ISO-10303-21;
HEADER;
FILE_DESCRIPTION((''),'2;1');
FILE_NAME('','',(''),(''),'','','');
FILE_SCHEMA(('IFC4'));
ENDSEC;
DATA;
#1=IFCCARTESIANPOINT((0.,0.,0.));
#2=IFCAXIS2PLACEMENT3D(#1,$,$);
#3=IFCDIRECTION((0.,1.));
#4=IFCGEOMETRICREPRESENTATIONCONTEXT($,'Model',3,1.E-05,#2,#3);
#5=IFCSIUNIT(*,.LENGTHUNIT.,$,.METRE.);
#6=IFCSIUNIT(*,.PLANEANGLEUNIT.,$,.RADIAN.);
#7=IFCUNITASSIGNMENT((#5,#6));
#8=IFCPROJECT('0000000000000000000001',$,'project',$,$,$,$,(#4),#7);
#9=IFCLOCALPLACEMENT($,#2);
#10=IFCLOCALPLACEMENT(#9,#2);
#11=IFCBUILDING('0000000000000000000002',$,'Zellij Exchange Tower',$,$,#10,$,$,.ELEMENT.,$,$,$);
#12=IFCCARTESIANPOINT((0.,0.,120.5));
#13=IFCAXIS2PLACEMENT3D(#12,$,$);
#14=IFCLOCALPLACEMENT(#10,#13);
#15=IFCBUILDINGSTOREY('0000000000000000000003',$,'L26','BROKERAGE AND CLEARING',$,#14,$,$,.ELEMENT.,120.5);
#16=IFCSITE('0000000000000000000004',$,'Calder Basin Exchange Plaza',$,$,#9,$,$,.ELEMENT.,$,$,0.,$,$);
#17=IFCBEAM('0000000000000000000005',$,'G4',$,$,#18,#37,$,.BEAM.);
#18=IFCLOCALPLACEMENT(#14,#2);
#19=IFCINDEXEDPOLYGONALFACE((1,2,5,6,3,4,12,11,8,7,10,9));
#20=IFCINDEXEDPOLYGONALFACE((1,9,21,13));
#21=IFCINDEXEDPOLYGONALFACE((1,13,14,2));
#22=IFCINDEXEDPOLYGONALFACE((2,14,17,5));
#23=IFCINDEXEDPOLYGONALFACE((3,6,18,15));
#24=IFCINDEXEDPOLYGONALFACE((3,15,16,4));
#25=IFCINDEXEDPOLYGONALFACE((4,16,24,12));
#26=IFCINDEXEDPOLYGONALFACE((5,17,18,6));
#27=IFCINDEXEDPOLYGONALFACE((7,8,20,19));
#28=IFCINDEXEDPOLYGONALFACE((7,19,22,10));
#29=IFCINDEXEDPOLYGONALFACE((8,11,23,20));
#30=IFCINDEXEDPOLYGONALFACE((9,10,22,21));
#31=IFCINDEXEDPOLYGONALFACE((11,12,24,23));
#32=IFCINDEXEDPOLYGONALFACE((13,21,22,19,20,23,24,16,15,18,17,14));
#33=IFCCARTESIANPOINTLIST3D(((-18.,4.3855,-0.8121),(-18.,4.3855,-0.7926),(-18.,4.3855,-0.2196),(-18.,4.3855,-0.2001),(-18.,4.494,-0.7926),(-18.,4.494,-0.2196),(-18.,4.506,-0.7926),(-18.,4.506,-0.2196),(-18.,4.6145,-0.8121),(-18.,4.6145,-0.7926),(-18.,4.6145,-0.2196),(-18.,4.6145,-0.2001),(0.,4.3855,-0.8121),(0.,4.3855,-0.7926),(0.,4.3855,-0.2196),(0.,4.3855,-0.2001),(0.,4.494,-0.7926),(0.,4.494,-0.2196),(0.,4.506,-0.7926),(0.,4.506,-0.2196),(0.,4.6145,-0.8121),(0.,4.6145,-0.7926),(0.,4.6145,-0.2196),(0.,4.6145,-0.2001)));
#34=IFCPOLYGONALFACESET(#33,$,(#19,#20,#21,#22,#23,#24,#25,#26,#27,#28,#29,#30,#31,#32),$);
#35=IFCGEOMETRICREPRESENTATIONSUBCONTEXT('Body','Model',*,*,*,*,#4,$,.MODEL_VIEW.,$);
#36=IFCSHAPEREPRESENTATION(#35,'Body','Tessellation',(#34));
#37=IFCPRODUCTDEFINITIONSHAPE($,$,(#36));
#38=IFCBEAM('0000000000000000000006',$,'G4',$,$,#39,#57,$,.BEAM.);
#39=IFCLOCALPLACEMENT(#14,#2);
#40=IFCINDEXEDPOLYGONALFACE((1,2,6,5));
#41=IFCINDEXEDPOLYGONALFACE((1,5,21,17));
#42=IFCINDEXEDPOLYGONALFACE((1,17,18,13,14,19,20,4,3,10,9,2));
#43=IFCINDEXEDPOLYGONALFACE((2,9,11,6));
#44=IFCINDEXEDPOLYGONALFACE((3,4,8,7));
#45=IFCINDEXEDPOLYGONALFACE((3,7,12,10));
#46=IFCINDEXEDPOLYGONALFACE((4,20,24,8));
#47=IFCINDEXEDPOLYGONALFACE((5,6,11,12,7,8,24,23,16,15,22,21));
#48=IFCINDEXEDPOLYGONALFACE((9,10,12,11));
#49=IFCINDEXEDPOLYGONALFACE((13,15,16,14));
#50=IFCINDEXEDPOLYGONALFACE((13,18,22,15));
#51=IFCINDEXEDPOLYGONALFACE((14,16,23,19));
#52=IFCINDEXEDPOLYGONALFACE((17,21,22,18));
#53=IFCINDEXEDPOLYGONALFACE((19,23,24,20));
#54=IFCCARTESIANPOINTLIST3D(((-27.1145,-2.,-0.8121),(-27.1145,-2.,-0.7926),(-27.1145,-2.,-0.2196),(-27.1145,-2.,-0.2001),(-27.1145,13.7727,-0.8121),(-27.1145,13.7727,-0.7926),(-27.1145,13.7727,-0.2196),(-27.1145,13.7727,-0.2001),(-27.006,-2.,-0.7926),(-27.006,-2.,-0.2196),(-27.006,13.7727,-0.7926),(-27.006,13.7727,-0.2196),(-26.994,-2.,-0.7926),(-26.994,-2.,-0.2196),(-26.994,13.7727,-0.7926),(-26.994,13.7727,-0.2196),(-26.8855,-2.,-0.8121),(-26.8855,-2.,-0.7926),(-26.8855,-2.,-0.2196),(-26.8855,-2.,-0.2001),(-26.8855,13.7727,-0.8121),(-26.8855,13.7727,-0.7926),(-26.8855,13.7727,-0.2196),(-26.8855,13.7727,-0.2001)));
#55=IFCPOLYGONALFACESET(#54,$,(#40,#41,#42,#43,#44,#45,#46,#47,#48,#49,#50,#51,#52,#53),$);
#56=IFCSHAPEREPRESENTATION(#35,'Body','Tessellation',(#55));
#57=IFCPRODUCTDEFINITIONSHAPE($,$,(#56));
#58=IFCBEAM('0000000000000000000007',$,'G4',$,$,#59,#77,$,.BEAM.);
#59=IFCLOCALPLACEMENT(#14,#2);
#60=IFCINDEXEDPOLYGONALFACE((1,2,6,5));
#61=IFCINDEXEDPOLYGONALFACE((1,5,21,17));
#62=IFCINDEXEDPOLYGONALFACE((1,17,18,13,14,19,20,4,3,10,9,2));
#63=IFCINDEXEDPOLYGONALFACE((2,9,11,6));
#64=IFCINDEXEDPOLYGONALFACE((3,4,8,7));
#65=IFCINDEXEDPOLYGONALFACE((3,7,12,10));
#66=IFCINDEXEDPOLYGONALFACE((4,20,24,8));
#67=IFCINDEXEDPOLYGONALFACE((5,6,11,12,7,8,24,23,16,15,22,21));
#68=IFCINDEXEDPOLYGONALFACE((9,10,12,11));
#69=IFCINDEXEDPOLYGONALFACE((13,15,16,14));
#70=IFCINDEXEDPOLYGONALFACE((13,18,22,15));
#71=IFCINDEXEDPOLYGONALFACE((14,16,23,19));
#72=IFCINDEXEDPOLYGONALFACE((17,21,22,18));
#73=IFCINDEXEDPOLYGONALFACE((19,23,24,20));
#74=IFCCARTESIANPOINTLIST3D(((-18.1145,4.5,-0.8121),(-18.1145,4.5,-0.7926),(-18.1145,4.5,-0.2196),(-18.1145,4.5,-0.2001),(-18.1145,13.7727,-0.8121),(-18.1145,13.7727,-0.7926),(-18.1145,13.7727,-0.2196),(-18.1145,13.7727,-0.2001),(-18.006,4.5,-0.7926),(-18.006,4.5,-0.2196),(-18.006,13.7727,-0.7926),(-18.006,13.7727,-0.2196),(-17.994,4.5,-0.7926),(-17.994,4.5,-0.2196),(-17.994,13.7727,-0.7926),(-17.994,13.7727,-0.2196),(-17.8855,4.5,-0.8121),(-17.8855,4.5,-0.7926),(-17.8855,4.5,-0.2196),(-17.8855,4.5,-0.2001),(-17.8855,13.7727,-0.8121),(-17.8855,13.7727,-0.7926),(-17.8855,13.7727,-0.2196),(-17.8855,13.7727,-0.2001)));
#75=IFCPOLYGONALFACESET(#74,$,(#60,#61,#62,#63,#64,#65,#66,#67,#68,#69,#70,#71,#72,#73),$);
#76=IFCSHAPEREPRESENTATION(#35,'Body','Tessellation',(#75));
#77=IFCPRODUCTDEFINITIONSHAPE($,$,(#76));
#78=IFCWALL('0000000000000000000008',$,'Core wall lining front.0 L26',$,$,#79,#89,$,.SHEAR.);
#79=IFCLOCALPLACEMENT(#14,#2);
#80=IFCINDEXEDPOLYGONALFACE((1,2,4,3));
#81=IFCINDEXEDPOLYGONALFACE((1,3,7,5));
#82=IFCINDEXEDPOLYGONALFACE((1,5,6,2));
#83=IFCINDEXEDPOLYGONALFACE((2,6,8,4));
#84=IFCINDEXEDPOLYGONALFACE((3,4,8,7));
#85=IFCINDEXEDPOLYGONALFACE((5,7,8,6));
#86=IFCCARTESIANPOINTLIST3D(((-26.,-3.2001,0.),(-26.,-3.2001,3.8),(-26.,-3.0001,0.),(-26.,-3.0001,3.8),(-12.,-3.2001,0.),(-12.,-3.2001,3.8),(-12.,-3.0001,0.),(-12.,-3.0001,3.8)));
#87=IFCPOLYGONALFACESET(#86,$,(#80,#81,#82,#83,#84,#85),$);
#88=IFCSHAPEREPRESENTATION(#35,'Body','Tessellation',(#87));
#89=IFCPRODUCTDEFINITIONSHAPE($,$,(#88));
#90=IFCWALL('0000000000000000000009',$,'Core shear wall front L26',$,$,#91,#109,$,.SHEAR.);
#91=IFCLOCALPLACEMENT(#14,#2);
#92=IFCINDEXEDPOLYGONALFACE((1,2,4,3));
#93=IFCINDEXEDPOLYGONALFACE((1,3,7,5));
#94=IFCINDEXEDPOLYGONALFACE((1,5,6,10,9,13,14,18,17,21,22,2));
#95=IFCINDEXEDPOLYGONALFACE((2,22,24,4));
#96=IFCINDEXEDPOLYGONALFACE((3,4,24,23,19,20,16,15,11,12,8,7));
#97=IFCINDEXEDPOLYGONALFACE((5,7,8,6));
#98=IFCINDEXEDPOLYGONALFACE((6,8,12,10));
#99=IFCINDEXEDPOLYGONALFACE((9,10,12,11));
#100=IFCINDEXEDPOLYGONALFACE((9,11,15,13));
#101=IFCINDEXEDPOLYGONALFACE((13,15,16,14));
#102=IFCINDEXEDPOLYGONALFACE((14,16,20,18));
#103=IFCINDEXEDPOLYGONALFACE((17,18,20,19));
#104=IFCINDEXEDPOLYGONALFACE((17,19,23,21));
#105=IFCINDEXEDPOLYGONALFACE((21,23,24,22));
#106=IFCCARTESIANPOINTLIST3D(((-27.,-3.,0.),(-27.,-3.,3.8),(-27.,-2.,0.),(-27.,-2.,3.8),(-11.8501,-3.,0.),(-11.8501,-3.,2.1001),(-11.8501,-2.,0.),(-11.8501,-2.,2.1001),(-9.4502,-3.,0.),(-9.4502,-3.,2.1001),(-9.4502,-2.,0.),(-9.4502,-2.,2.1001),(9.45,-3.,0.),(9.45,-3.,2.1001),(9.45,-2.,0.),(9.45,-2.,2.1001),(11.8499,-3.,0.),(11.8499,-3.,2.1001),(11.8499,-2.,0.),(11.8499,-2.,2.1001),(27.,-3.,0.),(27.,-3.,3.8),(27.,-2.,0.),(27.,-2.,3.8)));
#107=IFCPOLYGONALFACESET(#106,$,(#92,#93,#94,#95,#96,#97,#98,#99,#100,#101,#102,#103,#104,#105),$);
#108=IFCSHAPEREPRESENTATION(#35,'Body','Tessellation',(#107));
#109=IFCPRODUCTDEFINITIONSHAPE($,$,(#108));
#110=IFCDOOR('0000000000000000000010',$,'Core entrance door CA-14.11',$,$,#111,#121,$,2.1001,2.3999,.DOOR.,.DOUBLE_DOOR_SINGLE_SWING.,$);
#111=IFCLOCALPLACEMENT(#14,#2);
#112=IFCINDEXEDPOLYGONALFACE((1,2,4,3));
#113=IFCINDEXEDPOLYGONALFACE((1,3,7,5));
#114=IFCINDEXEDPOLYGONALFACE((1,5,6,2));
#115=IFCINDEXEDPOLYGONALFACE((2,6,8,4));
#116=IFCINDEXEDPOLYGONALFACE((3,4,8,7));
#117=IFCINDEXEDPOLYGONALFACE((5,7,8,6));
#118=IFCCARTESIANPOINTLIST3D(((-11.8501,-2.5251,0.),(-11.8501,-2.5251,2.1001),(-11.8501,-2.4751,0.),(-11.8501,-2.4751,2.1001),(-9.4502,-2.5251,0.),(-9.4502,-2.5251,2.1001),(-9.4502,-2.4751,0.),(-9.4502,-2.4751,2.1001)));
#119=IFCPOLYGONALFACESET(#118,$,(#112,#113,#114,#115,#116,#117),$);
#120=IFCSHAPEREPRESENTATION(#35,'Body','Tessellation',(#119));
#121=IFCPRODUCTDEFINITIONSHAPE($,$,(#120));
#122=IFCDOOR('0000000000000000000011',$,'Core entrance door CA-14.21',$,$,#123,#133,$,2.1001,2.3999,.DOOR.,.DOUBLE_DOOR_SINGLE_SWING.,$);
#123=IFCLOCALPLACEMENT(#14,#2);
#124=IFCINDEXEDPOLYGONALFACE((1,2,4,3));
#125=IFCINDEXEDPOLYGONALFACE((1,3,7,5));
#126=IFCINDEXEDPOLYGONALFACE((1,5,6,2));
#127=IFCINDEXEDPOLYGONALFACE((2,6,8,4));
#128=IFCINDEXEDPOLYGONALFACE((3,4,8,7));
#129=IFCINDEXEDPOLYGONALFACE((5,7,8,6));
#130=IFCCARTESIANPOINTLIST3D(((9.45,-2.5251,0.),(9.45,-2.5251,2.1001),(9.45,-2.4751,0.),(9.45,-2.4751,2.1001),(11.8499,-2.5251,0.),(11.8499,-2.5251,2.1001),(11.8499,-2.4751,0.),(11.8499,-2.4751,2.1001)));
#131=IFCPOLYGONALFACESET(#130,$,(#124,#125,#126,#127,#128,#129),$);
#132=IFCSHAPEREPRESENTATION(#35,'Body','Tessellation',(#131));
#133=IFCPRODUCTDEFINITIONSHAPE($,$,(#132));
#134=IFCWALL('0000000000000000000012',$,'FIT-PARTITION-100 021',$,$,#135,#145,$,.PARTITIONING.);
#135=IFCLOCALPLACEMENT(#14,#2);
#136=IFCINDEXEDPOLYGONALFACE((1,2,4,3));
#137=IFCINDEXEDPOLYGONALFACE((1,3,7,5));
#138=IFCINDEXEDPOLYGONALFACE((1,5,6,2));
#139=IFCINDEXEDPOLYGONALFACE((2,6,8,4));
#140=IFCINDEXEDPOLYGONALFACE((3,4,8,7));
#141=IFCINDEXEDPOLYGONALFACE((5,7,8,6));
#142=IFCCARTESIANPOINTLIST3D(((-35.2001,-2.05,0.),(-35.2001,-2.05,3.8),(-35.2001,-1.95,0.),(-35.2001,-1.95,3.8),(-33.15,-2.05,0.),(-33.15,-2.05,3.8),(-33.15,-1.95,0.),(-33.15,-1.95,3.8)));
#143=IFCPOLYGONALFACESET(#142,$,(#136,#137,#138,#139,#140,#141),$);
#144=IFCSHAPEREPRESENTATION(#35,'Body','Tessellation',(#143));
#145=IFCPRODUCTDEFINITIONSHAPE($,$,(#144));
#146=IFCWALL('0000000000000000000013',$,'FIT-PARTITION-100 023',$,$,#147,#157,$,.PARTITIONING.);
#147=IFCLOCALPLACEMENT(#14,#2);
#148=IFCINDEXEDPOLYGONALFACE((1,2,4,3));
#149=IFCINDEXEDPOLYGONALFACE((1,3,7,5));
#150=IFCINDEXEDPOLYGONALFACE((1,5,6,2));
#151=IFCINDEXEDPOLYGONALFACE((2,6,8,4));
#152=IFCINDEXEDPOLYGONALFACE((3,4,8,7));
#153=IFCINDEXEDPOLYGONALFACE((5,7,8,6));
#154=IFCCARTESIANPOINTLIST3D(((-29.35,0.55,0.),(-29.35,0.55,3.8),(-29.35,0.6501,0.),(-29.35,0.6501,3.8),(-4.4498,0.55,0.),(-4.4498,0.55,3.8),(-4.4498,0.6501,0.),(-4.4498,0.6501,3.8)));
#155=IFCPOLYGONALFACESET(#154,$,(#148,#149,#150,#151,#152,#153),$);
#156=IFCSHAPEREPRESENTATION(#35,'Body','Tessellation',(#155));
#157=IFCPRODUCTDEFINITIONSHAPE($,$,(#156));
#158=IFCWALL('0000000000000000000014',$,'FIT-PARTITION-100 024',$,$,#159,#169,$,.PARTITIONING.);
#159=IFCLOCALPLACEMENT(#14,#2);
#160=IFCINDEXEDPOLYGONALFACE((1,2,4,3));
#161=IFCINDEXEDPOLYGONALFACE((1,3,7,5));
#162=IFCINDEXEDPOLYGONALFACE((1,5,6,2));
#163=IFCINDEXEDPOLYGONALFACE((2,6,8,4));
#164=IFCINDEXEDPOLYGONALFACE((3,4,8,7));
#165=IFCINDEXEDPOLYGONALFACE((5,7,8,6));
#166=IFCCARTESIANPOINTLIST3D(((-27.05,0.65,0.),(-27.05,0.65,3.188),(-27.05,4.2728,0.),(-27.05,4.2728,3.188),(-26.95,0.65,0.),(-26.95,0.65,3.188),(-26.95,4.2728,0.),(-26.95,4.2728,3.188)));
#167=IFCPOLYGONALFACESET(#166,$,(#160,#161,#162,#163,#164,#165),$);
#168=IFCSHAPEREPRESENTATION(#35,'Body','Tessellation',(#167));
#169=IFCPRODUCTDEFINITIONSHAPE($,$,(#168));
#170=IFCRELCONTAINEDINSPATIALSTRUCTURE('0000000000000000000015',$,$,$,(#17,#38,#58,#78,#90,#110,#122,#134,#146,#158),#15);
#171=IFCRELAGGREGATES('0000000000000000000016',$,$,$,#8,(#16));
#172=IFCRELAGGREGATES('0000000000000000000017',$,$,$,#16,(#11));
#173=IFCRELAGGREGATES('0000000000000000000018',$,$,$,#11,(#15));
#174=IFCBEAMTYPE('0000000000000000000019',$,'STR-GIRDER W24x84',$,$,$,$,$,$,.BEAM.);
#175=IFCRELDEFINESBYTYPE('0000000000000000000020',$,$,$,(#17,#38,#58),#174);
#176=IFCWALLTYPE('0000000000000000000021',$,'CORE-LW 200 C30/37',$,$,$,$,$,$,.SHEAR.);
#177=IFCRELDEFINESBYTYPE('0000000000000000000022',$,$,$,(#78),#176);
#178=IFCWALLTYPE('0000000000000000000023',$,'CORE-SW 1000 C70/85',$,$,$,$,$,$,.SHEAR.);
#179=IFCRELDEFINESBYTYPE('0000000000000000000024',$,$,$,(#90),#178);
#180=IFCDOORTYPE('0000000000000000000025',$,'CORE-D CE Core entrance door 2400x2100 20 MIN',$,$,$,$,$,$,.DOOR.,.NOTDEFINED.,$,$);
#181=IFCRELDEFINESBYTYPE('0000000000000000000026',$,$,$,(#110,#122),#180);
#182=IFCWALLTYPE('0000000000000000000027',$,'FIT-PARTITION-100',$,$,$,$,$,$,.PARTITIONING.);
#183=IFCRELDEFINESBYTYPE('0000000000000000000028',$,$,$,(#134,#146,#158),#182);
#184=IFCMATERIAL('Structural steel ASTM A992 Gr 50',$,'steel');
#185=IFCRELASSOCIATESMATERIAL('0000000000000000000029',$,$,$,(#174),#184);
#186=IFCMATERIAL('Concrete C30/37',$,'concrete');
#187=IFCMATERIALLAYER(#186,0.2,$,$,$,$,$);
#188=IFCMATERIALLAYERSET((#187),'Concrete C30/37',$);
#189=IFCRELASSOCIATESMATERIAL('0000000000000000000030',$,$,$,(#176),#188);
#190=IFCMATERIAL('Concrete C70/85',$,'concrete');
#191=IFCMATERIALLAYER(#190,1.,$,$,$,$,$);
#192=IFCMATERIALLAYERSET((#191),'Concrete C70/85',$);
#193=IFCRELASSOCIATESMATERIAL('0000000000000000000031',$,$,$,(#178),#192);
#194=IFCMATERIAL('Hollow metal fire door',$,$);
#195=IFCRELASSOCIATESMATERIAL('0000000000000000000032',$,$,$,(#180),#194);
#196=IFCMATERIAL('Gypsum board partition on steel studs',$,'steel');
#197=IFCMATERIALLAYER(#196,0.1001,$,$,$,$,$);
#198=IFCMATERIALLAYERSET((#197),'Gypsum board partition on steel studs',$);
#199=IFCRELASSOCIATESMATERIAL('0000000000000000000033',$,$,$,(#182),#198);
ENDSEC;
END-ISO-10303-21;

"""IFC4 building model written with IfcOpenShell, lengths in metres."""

from ifc_helpers import new_model, si_unit, direction, frame, frame_2d, origin, origin_2d, place, context, subcontext, project, spatial, rectangle, i_section, extrude, material, layer, layer_set, material_profile, profile_set, type_object, element, fill, save


model = new_model("IFC4")

# Units and contexts
model_context = context("Model", 3, precision=1e-05, world=origin(), true_north=direction((0.0, 1.0)))
body_context = subcontext(model_context, "Body", "Model", "MODEL_VIEW")
ifc_project = project(units=[si_unit("LENGTHUNIT", "METRE"), si_unit("PLANEANGLEUNIT", "RADIAN")], contexts=[model_context])

# Site, building, storey
site_placement = place(None, origin())
site = spatial("IfcSite", under=ifc_project, at=site_placement, Name="Calder Basin Exchange Plaza", CompositionType="ELEMENT", RefElevation=0.0)
building_placement = place(site_placement, origin())
building = spatial("IfcBuilding", under=site, at=building_placement, Name="Zellij Exchange Tower", CompositionType="ELEMENT")
storey_placement = place(building_placement, frame((0.0, 0.0, 120.5)))
storey = spatial("IfcBuildingStorey", under=building, at=storey_placement, Name="L26", Description="BROKERAGE AND CLEARING", CompositionType="ELEMENT", Elevation=120.5)

# Shared definitions
ifc_material_1 = material(Name="Concrete C70/85", Category="concrete")

# Beams
ifc_material_2 = material(Name="Structural steel ASTM A992 Gr 50", Category="steel")
ifc_material_profile_1 = material_profile(ifc_material_2, i_section(OverallWidth=0.229, OverallDepth=0.6121, WebThickness=0.012, FlangeThickness=0.0195, at=origin_2d()), Name="W24x84")
ifc_profile_set_1 = profile_set([ifc_material_profile_1], Name="Structural steel ASTM A992 Gr 50")
beam_type_1 = type_object("IfcBeamType", Name="STR-GIRDER W24x84", PredefinedType="BEAM", material=ifc_profile_set_1)
beam_1_placement = place(storey_placement, frame((-18.0, 4.5, -0.5061), z_axis=(1.0, 0.0, 0.0), x_axis=(0.0, 1.0, 0.0)))
element("IfcBeam", 1, at=beam_1_placement, inside=storey, type_object=beam_type_1, Name="G4", PredefinedType="BEAM", context=body_context, shape_type="SweptSolid", body=[
    extrude(i_section(OverallWidth=0.229, OverallDepth=0.6121, WebThickness=0.012, FlangeThickness=0.0195, at=origin_2d()), origin(), (0.0, 0.0, 1.0), 18.0),
])
beam_2_placement = place(storey_placement, frame((-27.0, -2.0, -0.5061), z_axis=(0.0, 1.0, 0.0), x_axis=(-1.0, 0.0, 0.0)))
element("IfcBeam", 2, at=beam_2_placement, inside=storey, type_object=beam_type_1, Name="G4", PredefinedType="BEAM", context=body_context, shape_type="SweptSolid", body=[
    extrude(i_section(OverallWidth=0.229, OverallDepth=0.6121, WebThickness=0.012, FlangeThickness=0.0195, at=origin_2d()), origin(), (0.0, 0.0, 1.0), 15.7727),
])
beam_3_placement = place(storey_placement, frame((-18.0, 4.5, -0.5061), z_axis=(0.0, 1.0, 0.0), x_axis=(-1.0, 0.0, 0.0)))
element("IfcBeam", 3, at=beam_3_placement, inside=storey, type_object=beam_type_1, Name="G4", PredefinedType="BEAM", context=body_context, shape_type="SweptSolid", body=[
    extrude(i_section(OverallWidth=0.229, OverallDepth=0.6121, WebThickness=0.012, FlangeThickness=0.0195, at=origin_2d()), origin(), (0.0, 0.0, 1.0), 9.2727),
])

# Wall
ifc_material_3 = material(Name="Concrete C30/37", Category="concrete")
ifc_layer_1 = layer(ifc_material_3, 0.2)
ifc_layer_set_1 = layer_set([ifc_layer_1], Name="Concrete C30/37")
wall_type_1 = type_object("IfcWallType", Name="CORE-LW 200 C30/37", PredefinedType="SHEAR", material=ifc_layer_set_1)
wall_1_placement = place(storey_placement, frame((-26.0, -3.1001, 0.0), z_axis=(0.0, 0.0, 1.0), x_axis=(1.0, 0.0, 0.0)))
element("IfcWall", 4, at=wall_1_placement, inside=storey, type_object=wall_type_1, Name="Core wall lining front.0 L26", PredefinedType="SHEAR", context=body_context, shape_type="SweptSolid", body=[
    extrude(rectangle(XDim=14.0, YDim=0.2, at=frame_2d((7.0, 0.0))), origin(), (0.0, 0.0, 1.0), 3.8),
])

# Wall, openings, doors
ifc_layer_2 = layer(ifc_material_1, 1.0)
ifc_layer_set_2 = layer_set([ifc_layer_2], Name="Concrete C70/85")
wall_type_2 = type_object("IfcWallType", Name="CORE-SW 1000 C70/85", PredefinedType="SHEAR", material=ifc_layer_set_2)
wall_2_placement = place(storey_placement, frame((-27.0, -2.5, 0.0), z_axis=(0.0, 0.0, 1.0), x_axis=(1.0, 0.0, 0.0)))
wall_2 = element("IfcWall", 5, at=wall_2_placement, inside=storey, type_object=wall_type_2, Name="Core shear wall front L26", PredefinedType="SHEAR", context=body_context, shape_type="SweptSolid", body=[
    extrude(rectangle(XDim=54.0, YDim=1.0, at=frame_2d((27.0, 0.0))), origin(), (0.0, 0.0, 1.0), 3.8),
])
opening_1_placement = place(wall_2_placement, frame((15.1499, 0.0, 0.0)))
opening_1 = element("IfcOpeningElement", 6, at=opening_1_placement, cuts=wall_2, PredefinedType="OPENING", context=body_context, shape_type="SweptSolid", body=[
    extrude(rectangle(XDim=2.3999, YDim=2.1001, at=frame_2d((1.2, 1.05))), frame((0.0, 0.512, 0.0), z_axis=(0.0, -1.0, 0.0), x_axis=(1.0, 0.0, 0.0)), (0.0, 0.0, 1.0), 1.0239),
])
opening_2_placement = place(wall_2_placement, frame((36.45, 0.0, 0.0)))
opening_2 = element("IfcOpeningElement", 7, at=opening_2_placement, cuts=wall_2, PredefinedType="OPENING", context=body_context, shape_type="SweptSolid", body=[
    extrude(rectangle(XDim=2.3999, YDim=2.1001, at=frame_2d((1.2, 1.05))), frame((0.0, 0.512, 0.0), z_axis=(0.0, -1.0, 0.0), x_axis=(1.0, 0.0, 0.0)), (0.0, 0.0, 1.0), 1.0239),
])
ifc_material_4 = material(Name="Hollow metal fire door")
door_type_1 = type_object("IfcDoorType", Name="CORE-D CE Core entrance door 2400x2100 20 MIN", OperationType="NOTDEFINED", PredefinedType="DOOR", material=ifc_material_4)
door_1_placement = place(opening_1_placement, origin())
door_1 = element("IfcDoor", 8, at=door_1_placement, inside=storey, type_object=door_type_1, Name="Core entrance door CA-14.11", OperationType="DOUBLE_DOOR_SINGLE_SWING", OverallHeight=2.1001, OverallWidth=2.3999, PredefinedType="DOOR", context=body_context, shape_type="SweptSolid", body=[
    extrude(rectangle(XDim=2.3999, YDim=2.1001, at=frame_2d((1.2, 1.05))), frame((0.0, 0.0249, 0.0), z_axis=(0.0, -1.0, 0.0), x_axis=(1.0, 0.0, 0.0)), (0.0, 0.0, 1.0), 0.05),
])
fill(opening_1, door_1)
door_2_placement = place(opening_2_placement, origin())
door_2 = element("IfcDoor", 9, at=door_2_placement, inside=storey, type_object=door_type_1, Name="Core entrance door CA-14.21", OperationType="DOUBLE_DOOR_SINGLE_SWING", OverallHeight=2.1001, OverallWidth=2.3999, PredefinedType="DOOR", context=body_context, shape_type="SweptSolid", body=[
    extrude(rectangle(XDim=2.3999, YDim=2.1001, at=frame_2d((1.2, 1.05))), frame((0.0, 0.0249, 0.0), z_axis=(0.0, -1.0, 0.0), x_axis=(1.0, 0.0, 0.0)), (0.0, 0.0, 1.0), 0.05),
])
fill(opening_2, door_2)

# Walls
ifc_material_5 = material(Name="Gypsum board partition on steel studs", Category="steel")
ifc_layer_3 = layer(ifc_material_5, 0.1001)
ifc_layer_set_3 = layer_set([ifc_layer_3], Name="Gypsum board partition on steel studs")
wall_type_3 = type_object("IfcWallType", Name="FIT-PARTITION-100", PredefinedType="PARTITIONING", material=ifc_layer_set_3)
wall_3_placement = place(storey_placement, frame((-35.2, -2.0, 0.0), z_axis=(0.0, 0.0, 1.0), x_axis=(1.0, 0.0, 0.0)))
element("IfcWall", 10, at=wall_3_placement, inside=storey, type_object=wall_type_3, Name="FIT-PARTITION-100 021", PredefinedType="PARTITIONING", context=body_context, shape_type="SweptSolid", body=[
    extrude(rectangle(XDim=2.05, YDim=0.1001, at=frame_2d((1.0249, 0.0))), origin(), (0.0, 0.0, 1.0), 3.8),
])
wall_4_placement = place(storey_placement, frame((-29.3501, 0.6001, 0.0), z_axis=(0.0, 0.0, 1.0), x_axis=(1.0, 0.0, 0.0)))
element("IfcWall", 11, at=wall_4_placement, inside=storey, type_object=wall_type_3, Name="FIT-PARTITION-100 023", PredefinedType="PARTITIONING", context=body_context, shape_type="SweptSolid", body=[
    extrude(rectangle(XDim=24.9001, YDim=0.1001, at=frame_2d((12.4502, 0.0))), origin(), (0.0, 0.0, 1.0), 3.8),
])
wall_5_placement = place(storey_placement, frame((-27.0, 0.6499, 0.0), z_axis=(0.0, 0.0, 1.0), x_axis=(0.0, 1.0, 0.0)))
element("IfcWall", 12, at=wall_5_placement, inside=storey, type_object=wall_type_3, Name="FIT-PARTITION-100 024", PredefinedType="PARTITIONING", context=body_context, shape_type="SweptSolid", body=[
    extrude(rectangle(XDim=3.6228, YDim=0.1001, at=frame_2d((1.8115, 0.0))), origin(), (0.0, 0.0, 1.0), 3.188),
])

save(model, "model.ifc")
